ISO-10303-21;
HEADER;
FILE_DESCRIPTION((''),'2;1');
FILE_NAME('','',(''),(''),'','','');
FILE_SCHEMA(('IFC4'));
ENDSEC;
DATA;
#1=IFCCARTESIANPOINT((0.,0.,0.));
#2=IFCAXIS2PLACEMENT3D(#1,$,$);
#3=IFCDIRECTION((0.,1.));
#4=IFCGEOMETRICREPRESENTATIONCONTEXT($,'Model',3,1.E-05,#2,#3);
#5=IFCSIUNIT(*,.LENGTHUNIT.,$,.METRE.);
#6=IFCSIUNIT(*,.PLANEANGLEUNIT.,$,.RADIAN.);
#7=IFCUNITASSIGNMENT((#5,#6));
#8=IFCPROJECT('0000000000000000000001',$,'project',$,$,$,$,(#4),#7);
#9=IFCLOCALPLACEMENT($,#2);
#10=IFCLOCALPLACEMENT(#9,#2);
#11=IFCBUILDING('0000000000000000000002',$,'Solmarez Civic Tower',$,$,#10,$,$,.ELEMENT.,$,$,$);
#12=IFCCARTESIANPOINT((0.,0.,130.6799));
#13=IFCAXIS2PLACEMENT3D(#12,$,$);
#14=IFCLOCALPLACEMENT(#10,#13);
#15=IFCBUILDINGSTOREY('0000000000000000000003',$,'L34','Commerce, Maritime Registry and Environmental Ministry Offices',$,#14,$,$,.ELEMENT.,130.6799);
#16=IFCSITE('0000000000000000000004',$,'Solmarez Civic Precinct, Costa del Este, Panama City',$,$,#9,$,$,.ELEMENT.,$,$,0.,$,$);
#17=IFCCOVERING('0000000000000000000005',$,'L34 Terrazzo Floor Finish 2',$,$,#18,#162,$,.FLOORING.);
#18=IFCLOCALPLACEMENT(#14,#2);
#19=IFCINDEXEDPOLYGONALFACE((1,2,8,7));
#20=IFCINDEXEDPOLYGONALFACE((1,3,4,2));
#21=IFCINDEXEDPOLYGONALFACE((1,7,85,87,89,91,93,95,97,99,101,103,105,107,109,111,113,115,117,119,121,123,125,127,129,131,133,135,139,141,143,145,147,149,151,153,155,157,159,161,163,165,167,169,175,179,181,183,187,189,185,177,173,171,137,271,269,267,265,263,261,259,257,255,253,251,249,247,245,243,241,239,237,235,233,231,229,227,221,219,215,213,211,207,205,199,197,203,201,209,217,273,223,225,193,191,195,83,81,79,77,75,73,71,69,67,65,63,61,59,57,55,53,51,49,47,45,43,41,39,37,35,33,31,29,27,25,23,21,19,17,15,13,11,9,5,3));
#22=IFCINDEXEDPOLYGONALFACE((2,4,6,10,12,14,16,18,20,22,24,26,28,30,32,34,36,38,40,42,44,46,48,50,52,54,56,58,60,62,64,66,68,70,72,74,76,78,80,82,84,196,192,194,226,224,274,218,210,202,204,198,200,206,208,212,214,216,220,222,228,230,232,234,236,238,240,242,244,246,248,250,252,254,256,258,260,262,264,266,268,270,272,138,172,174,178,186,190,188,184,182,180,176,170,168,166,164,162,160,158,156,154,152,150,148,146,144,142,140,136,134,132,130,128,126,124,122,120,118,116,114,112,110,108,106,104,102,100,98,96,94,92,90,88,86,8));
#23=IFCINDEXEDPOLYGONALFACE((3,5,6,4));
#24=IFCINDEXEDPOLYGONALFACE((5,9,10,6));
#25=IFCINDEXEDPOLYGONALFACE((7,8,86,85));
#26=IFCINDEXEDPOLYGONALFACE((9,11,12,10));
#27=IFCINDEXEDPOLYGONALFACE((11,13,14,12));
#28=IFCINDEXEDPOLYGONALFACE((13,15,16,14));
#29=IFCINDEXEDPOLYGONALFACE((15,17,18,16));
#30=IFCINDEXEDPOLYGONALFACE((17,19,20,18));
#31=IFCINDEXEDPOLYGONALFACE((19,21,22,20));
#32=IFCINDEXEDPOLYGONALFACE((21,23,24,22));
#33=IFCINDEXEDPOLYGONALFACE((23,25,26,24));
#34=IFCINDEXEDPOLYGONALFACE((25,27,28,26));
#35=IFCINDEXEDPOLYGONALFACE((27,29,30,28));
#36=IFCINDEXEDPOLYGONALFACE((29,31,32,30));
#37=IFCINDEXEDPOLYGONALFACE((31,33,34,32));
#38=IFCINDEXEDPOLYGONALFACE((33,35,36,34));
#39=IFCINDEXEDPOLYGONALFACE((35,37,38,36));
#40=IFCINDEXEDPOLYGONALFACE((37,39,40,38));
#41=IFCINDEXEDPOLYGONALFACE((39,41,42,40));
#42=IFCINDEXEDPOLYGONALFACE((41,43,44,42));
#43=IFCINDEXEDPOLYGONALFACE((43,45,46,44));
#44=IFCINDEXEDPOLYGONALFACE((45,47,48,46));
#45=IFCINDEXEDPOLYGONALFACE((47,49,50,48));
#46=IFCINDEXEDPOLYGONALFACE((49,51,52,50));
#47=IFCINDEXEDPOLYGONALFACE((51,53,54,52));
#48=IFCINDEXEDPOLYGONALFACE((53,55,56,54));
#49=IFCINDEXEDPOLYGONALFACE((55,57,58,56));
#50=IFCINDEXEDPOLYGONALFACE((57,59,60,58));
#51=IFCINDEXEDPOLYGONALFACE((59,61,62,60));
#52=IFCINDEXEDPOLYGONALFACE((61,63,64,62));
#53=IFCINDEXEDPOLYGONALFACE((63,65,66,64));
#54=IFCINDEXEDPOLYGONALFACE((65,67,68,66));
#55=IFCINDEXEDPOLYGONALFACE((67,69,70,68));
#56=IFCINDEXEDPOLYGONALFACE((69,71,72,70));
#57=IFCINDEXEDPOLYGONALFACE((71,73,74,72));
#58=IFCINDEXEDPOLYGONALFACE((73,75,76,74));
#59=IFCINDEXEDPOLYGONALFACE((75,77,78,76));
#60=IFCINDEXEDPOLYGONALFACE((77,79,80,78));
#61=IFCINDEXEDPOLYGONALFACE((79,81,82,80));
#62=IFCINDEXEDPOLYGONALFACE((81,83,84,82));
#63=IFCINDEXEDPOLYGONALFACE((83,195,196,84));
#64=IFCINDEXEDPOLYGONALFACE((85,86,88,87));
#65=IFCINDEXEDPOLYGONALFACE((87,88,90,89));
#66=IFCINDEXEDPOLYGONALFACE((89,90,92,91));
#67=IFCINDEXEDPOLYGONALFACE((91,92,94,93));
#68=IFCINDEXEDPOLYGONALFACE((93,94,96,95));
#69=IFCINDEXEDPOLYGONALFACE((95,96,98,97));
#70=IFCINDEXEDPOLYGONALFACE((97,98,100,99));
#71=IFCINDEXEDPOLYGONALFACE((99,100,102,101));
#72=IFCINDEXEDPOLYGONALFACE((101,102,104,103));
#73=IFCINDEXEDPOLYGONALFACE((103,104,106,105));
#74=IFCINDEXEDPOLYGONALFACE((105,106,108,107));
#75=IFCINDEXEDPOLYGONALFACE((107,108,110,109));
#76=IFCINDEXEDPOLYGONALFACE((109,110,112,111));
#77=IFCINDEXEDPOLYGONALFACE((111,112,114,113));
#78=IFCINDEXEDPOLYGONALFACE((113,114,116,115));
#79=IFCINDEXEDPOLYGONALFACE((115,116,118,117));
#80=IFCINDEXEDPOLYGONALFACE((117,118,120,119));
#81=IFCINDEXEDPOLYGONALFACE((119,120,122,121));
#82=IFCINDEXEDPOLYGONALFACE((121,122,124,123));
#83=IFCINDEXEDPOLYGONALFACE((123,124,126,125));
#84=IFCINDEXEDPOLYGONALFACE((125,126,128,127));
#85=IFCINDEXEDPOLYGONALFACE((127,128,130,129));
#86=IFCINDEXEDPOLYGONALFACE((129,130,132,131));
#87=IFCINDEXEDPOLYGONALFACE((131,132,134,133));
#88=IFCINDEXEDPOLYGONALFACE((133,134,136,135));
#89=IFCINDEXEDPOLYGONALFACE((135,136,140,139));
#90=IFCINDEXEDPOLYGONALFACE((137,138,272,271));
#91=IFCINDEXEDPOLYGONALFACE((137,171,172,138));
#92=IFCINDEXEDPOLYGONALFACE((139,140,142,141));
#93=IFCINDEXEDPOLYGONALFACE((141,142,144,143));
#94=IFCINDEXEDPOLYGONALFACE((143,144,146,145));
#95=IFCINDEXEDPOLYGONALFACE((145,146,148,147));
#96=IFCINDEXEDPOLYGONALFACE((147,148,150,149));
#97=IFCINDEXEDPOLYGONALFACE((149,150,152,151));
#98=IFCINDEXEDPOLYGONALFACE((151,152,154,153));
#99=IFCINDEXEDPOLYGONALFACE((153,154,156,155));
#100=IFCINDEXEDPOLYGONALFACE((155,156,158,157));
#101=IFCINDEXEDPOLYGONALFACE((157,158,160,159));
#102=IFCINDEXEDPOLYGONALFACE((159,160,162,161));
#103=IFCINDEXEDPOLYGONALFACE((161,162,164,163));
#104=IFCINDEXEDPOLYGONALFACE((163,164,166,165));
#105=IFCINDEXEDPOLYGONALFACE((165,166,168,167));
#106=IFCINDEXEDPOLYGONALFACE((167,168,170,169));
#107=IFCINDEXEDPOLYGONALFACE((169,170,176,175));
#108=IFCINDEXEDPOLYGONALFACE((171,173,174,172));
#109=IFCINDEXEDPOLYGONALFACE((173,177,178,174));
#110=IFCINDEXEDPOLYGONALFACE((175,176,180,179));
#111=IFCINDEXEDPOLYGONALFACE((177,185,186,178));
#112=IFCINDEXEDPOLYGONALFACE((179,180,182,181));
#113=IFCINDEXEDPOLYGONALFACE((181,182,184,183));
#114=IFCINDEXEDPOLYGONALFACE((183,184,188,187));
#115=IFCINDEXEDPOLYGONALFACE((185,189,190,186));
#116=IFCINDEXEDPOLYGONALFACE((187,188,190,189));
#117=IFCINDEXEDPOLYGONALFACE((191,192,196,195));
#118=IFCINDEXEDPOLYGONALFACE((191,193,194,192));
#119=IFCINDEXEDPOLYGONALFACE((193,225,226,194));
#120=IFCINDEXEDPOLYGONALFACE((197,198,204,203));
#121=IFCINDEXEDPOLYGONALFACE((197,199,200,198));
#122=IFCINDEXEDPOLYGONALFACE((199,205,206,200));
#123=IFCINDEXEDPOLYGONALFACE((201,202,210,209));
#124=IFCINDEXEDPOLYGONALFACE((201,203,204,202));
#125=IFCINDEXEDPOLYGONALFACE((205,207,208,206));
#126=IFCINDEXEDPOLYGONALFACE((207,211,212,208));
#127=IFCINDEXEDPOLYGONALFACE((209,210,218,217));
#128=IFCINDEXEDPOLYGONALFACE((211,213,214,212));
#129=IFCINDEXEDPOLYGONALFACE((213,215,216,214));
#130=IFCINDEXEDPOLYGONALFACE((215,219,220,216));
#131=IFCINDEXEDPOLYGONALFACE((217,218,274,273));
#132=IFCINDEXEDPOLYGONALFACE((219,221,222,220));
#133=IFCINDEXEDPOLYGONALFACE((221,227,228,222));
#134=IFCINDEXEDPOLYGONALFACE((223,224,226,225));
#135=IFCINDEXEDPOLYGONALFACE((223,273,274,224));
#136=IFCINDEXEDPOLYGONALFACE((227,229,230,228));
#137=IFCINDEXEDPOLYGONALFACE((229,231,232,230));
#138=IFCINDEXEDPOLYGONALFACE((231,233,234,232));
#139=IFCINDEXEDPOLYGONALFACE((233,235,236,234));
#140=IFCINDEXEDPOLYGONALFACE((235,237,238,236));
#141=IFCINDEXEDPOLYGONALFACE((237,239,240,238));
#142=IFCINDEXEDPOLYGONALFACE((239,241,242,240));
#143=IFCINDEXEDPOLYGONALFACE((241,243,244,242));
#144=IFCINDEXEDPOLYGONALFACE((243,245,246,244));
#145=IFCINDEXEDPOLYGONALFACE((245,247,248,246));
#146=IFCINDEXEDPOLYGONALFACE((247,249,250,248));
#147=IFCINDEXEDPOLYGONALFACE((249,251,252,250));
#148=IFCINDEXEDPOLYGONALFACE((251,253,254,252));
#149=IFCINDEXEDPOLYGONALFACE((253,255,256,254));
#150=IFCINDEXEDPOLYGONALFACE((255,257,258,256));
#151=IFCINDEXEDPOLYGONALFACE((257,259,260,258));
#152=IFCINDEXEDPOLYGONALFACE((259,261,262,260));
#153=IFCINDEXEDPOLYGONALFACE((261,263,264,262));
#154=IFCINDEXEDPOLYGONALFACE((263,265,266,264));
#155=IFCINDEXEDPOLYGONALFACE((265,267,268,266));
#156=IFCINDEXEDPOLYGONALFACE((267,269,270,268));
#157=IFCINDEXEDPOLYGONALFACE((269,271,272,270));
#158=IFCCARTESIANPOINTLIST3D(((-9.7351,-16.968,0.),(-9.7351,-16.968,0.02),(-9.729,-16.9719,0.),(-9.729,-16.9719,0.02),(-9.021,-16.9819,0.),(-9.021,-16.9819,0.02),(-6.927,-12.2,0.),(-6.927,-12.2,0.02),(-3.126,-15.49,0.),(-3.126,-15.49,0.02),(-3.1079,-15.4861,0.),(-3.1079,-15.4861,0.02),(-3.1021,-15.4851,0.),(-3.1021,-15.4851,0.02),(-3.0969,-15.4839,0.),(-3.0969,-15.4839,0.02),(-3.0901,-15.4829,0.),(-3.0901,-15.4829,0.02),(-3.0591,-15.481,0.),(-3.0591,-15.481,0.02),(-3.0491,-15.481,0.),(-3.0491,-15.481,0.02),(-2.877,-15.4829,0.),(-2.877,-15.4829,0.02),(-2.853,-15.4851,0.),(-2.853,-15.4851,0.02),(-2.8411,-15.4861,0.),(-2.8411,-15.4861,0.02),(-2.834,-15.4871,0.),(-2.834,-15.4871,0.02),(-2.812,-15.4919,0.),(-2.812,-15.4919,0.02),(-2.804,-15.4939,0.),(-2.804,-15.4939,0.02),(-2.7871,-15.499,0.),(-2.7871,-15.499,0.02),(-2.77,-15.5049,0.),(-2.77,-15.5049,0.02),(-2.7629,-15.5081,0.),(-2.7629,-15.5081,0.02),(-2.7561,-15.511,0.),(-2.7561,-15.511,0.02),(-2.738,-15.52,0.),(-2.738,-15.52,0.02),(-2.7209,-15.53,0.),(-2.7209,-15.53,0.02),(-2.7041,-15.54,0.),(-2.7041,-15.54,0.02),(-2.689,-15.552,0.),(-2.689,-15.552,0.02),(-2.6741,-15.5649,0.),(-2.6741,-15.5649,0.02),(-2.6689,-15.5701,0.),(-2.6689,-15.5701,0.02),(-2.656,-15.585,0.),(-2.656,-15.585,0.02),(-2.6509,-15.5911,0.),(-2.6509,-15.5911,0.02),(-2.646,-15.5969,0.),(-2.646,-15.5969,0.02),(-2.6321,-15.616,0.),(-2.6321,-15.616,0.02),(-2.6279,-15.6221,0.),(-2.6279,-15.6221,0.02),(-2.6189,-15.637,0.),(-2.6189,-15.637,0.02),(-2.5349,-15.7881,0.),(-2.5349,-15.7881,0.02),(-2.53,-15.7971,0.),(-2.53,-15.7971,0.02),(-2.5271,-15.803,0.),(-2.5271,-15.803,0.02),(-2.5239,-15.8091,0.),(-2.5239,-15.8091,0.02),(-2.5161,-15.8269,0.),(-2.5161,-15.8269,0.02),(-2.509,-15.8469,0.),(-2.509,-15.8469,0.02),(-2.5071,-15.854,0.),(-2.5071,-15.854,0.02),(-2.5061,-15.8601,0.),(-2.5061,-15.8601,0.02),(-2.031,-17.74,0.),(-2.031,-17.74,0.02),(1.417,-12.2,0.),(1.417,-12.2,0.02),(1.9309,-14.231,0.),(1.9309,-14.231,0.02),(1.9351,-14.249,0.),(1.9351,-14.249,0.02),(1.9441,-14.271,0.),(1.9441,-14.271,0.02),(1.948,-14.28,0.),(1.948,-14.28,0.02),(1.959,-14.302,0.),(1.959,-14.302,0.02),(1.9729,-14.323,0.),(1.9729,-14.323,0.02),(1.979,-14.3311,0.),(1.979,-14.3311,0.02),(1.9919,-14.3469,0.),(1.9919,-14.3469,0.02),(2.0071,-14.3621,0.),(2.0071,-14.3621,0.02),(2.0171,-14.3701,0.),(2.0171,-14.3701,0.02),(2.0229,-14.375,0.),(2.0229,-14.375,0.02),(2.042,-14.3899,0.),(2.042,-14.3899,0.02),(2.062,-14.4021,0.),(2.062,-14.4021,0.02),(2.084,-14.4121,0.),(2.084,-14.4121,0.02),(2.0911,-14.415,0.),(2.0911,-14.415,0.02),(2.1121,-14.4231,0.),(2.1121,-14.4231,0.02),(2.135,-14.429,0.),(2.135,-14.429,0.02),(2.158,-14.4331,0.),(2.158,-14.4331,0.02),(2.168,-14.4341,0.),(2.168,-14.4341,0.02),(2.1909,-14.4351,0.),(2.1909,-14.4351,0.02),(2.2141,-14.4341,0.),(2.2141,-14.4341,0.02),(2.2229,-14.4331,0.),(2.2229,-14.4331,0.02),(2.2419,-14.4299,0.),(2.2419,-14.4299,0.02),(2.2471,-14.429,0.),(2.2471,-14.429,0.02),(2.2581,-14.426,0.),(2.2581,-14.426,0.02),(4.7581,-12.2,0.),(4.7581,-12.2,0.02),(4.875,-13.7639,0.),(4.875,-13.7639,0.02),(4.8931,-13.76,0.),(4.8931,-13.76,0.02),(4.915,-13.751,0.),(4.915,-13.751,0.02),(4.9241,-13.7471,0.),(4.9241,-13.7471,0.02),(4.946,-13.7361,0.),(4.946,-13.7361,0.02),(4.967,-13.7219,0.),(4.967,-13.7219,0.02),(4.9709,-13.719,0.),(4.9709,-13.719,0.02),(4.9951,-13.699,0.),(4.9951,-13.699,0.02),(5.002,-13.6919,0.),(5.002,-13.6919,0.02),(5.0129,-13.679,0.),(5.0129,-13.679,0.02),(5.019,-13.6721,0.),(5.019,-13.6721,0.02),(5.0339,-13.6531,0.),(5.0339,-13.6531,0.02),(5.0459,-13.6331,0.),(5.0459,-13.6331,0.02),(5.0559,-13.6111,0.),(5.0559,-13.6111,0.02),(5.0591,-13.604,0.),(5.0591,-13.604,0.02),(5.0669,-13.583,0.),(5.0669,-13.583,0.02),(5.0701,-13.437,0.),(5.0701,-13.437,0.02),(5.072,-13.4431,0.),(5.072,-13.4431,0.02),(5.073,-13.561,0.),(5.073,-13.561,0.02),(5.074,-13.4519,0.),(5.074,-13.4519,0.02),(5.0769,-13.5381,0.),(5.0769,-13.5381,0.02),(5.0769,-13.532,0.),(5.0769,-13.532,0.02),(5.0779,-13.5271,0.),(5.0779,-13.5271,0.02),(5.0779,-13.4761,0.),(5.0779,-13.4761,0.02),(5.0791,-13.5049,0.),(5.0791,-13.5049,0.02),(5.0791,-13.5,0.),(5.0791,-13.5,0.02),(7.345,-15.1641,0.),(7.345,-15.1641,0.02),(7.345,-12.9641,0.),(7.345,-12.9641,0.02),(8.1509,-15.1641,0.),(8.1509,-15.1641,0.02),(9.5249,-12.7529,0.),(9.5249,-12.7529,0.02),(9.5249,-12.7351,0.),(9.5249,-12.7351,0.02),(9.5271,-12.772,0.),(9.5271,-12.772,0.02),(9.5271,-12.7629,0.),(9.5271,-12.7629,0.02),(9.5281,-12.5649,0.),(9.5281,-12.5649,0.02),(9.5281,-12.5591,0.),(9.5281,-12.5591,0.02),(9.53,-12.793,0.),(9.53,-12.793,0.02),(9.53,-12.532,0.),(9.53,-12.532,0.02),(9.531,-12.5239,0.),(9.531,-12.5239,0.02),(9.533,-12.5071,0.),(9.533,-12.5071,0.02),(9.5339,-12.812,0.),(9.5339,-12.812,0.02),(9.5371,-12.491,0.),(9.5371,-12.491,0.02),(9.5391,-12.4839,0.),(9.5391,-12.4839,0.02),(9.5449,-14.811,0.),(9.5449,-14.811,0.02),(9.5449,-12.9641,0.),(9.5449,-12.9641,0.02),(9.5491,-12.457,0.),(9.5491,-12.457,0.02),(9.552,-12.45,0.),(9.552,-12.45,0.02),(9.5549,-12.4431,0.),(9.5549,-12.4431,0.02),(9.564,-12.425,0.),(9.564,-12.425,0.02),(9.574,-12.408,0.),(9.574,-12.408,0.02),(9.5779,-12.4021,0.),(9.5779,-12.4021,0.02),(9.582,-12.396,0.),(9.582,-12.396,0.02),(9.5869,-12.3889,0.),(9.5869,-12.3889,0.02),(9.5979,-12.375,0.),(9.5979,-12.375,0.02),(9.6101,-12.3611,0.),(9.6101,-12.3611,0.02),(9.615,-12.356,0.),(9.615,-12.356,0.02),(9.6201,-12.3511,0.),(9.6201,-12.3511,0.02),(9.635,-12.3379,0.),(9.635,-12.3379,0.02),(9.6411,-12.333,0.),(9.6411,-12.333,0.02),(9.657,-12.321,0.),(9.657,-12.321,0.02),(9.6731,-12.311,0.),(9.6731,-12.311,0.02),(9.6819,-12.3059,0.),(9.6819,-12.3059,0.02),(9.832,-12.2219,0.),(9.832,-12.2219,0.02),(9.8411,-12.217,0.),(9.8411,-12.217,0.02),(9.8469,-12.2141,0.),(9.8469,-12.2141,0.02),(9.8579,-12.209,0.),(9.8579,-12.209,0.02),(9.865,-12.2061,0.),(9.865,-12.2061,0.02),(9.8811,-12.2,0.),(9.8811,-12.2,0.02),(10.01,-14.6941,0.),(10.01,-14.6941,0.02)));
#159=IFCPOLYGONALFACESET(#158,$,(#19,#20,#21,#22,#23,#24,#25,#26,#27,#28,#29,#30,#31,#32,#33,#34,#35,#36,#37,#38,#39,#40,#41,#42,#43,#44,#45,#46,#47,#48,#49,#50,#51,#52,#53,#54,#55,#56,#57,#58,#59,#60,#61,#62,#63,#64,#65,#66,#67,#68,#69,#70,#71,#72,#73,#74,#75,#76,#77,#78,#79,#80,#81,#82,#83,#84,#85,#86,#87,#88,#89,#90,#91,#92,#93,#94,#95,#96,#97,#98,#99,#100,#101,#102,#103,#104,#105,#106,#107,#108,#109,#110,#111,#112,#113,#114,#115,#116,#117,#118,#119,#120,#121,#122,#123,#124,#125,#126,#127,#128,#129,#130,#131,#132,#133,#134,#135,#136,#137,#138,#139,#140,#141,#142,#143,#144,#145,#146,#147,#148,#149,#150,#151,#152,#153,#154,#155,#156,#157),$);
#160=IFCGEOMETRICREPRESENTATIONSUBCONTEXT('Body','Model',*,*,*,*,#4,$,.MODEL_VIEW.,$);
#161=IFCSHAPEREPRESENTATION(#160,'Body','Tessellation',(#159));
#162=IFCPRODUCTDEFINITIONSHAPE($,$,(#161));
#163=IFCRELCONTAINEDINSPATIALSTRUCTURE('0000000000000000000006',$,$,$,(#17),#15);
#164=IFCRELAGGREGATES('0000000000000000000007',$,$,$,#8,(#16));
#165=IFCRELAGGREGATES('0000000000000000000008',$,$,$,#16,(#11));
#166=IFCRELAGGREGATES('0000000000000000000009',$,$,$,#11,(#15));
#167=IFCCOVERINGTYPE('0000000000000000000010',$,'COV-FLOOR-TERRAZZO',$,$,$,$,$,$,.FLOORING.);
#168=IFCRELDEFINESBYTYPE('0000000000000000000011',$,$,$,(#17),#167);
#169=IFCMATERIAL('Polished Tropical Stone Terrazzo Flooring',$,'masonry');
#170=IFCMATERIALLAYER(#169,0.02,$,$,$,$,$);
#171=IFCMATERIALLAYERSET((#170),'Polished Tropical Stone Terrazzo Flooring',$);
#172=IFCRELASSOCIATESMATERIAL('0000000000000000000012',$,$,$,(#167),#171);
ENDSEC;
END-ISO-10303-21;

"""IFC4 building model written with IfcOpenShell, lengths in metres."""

from ifc_helpers import new_model, si_unit, direction, frame, origin, place, context, subcontext, project, spatial, polyline, outline, extrude, material, layer, layer_set, type_object, element, save


model = new_model("IFC4")

# Units and contexts
model_context = context("Model", 3, precision=1e-05, world=origin(), true_north=direction((0.0, 1.0)))
body_context = subcontext(model_context, "Body", "Model", "MODEL_VIEW")
ifc_project = project(units=[si_unit("LENGTHUNIT", "METRE"), si_unit("PLANEANGLEUNIT", "RADIAN")], contexts=[model_context])

# Site, building, storey
site_placement = place(None, origin())
site = spatial("IfcSite", under=ifc_project, at=site_placement, Name="Solmarez Civic Precinct, Costa del Este, Panama City", CompositionType="ELEMENT", RefElevation=0.0)
building_placement = place(site_placement, origin())
building = spatial("IfcBuilding", under=site, at=building_placement, Name="Solmarez Civic Tower", CompositionType="ELEMENT")
storey_placement = place(building_placement, frame((0.0, 0.0, 130.6799)))
storey = spatial("IfcBuildingStorey", under=building, at=storey_placement, Name="L34", Description="Commerce, Maritime Registry and Environmental Ministry Offices", CompositionType="ELEMENT", Elevation=130.6799)

# Covering
ifc_material_1 = material(Name="Polished Tropical Stone Terrazzo Flooring", Category="masonry")
ifc_layer_1 = layer(ifc_material_1, 0.02)
ifc_layer_set_1 = layer_set([ifc_layer_1], Name="Polished Tropical Stone Terrazzo Flooring")
covering_type_1 = type_object("IfcCoveringType", Name="COV-FLOOR-TERRAZZO", PredefinedType="FLOORING", material=ifc_layer_set_1)
covering_1_placement = place(storey_placement, origin())
element("IfcCovering", 1, at=covering_1_placement, inside=storey, type_object=covering_type_1, Name="L34 Terrazzo Floor Finish 2", PredefinedType="FLOORING", context=body_context, shape_type="SweptSolid", body=[
    extrude(outline(polyline([(-2.7209, -15.53), (-2.7041, -15.54), (-2.689, -15.552), (-2.6741, -15.5649), (-2.6689, -15.5701), (-2.656, -15.585), (-2.6509, -15.5911), (-2.646, -15.5969), (-2.6321, -15.616), (-2.6279, -15.6221), (-2.6189, -15.637), (-2.5349, -15.7881), (-2.53, -15.7971), (-2.5271, -15.803), (-2.5239, -15.8091), (-2.5161, -15.8269), (-2.509, -15.8469), (-2.5071, -15.854), (-2.5061, -15.8601), (-2.031, -17.74), (8.1509, -15.1641), (7.345, -15.1641), (7.345, -12.9641), (9.5449, -12.9641), (9.5449, -14.811), (10.01, -14.6941), (9.5339, -12.812), (9.53, -12.793), (9.5271, -12.772), (9.5271, -12.7629), (9.5249, -12.7529), (9.5249, -12.7351), (9.5281, -12.5649), (9.5281, -12.5591), (9.53, -12.532), (9.531, -12.5239), (9.533, -12.5071), (9.5371, -12.491), (9.5391, -12.4839), (9.5491, -12.457), (9.552, -12.45), (9.5549, -12.4431), (9.564, -12.425), (9.574, -12.408), (9.5779, -12.4021), (9.582, -12.396), (9.5869, -12.3889), (9.5979, -12.375), (9.6101, -12.3611), (9.615, -12.356), (9.6201, -12.3511), (9.635, -12.3379), (9.6411, -12.333), (9.657, -12.321), (9.6731, -12.311), (9.6819, -12.3059), (9.832, -12.2219), (9.8411, -12.217), (9.8469, -12.2141), (9.8579, -12.209), (9.865, -12.2061), (9.8811, -12.2), (4.7581, -12.2), (5.0701, -13.437), (5.072, -13.4431), (5.074, -13.4519), (5.0779, -13.4761), (5.0791, -13.5), (5.0791, -13.5049), (5.0779, -13.5271), (5.0769, -13.532), (5.0769, -13.5381), (5.073, -13.561), (5.0669, -13.583), (5.0591, -13.604), (5.0559, -13.6111), (5.0459, -13.6331), (5.0339, -13.6531), (5.019, -13.6721), (5.0129, -13.679), (5.002, -13.6919), (4.9951, -13.699), (4.9709, -13.719), (4.967, -13.7219), (4.946, -13.7361), (4.9241, -13.7471), (4.915, -13.751), (4.8931, -13.76), (4.875, -13.7639), (2.2581, -14.426), (2.2471, -14.429), (2.2419, -14.4299), (2.2229, -14.4331), (2.2141, -14.4341), (2.1909, -14.4351), (2.168, -14.4341), (2.158, -14.4331), (2.135, -14.429), (2.1121, -14.4231), (2.0911, -14.415), (2.084, -14.4121), (2.062, -14.4021), (2.042, -14.3899), (2.0229, -14.375), (2.0171, -14.3701), (2.0071, -14.3621), (1.9919, -14.3469), (1.979, -14.3311), (1.9729, -14.323), (1.959, -14.302), (1.948, -14.28), (1.9441, -14.271), (1.9351, -14.249), (1.9309, -14.231), (1.417, -12.2), (-6.927, -12.2), (-9.7351, -16.968), (-9.729, -16.9719), (-9.021, -16.9819), (-3.126, -15.49), (-3.1079, -15.4861), (-3.1021, -15.4851), (-3.0969, -15.4839), (-3.0901, -15.4829), (-3.0591, -15.481), (-3.0491, -15.481), (-2.877, -15.4829), (-2.853, -15.4851), (-2.8411, -15.4861), (-2.834, -15.4871), (-2.812, -15.4919), (-2.804, -15.4939), (-2.7871, -15.499), (-2.77, -15.5049), (-2.7629, -15.5081), (-2.7561, -15.511), (-2.738, -15.52), (-2.7209, -15.53)])), origin(), (0.0, 0.0, 1.0), 0.02),
])

save(model, "model.ifc")
